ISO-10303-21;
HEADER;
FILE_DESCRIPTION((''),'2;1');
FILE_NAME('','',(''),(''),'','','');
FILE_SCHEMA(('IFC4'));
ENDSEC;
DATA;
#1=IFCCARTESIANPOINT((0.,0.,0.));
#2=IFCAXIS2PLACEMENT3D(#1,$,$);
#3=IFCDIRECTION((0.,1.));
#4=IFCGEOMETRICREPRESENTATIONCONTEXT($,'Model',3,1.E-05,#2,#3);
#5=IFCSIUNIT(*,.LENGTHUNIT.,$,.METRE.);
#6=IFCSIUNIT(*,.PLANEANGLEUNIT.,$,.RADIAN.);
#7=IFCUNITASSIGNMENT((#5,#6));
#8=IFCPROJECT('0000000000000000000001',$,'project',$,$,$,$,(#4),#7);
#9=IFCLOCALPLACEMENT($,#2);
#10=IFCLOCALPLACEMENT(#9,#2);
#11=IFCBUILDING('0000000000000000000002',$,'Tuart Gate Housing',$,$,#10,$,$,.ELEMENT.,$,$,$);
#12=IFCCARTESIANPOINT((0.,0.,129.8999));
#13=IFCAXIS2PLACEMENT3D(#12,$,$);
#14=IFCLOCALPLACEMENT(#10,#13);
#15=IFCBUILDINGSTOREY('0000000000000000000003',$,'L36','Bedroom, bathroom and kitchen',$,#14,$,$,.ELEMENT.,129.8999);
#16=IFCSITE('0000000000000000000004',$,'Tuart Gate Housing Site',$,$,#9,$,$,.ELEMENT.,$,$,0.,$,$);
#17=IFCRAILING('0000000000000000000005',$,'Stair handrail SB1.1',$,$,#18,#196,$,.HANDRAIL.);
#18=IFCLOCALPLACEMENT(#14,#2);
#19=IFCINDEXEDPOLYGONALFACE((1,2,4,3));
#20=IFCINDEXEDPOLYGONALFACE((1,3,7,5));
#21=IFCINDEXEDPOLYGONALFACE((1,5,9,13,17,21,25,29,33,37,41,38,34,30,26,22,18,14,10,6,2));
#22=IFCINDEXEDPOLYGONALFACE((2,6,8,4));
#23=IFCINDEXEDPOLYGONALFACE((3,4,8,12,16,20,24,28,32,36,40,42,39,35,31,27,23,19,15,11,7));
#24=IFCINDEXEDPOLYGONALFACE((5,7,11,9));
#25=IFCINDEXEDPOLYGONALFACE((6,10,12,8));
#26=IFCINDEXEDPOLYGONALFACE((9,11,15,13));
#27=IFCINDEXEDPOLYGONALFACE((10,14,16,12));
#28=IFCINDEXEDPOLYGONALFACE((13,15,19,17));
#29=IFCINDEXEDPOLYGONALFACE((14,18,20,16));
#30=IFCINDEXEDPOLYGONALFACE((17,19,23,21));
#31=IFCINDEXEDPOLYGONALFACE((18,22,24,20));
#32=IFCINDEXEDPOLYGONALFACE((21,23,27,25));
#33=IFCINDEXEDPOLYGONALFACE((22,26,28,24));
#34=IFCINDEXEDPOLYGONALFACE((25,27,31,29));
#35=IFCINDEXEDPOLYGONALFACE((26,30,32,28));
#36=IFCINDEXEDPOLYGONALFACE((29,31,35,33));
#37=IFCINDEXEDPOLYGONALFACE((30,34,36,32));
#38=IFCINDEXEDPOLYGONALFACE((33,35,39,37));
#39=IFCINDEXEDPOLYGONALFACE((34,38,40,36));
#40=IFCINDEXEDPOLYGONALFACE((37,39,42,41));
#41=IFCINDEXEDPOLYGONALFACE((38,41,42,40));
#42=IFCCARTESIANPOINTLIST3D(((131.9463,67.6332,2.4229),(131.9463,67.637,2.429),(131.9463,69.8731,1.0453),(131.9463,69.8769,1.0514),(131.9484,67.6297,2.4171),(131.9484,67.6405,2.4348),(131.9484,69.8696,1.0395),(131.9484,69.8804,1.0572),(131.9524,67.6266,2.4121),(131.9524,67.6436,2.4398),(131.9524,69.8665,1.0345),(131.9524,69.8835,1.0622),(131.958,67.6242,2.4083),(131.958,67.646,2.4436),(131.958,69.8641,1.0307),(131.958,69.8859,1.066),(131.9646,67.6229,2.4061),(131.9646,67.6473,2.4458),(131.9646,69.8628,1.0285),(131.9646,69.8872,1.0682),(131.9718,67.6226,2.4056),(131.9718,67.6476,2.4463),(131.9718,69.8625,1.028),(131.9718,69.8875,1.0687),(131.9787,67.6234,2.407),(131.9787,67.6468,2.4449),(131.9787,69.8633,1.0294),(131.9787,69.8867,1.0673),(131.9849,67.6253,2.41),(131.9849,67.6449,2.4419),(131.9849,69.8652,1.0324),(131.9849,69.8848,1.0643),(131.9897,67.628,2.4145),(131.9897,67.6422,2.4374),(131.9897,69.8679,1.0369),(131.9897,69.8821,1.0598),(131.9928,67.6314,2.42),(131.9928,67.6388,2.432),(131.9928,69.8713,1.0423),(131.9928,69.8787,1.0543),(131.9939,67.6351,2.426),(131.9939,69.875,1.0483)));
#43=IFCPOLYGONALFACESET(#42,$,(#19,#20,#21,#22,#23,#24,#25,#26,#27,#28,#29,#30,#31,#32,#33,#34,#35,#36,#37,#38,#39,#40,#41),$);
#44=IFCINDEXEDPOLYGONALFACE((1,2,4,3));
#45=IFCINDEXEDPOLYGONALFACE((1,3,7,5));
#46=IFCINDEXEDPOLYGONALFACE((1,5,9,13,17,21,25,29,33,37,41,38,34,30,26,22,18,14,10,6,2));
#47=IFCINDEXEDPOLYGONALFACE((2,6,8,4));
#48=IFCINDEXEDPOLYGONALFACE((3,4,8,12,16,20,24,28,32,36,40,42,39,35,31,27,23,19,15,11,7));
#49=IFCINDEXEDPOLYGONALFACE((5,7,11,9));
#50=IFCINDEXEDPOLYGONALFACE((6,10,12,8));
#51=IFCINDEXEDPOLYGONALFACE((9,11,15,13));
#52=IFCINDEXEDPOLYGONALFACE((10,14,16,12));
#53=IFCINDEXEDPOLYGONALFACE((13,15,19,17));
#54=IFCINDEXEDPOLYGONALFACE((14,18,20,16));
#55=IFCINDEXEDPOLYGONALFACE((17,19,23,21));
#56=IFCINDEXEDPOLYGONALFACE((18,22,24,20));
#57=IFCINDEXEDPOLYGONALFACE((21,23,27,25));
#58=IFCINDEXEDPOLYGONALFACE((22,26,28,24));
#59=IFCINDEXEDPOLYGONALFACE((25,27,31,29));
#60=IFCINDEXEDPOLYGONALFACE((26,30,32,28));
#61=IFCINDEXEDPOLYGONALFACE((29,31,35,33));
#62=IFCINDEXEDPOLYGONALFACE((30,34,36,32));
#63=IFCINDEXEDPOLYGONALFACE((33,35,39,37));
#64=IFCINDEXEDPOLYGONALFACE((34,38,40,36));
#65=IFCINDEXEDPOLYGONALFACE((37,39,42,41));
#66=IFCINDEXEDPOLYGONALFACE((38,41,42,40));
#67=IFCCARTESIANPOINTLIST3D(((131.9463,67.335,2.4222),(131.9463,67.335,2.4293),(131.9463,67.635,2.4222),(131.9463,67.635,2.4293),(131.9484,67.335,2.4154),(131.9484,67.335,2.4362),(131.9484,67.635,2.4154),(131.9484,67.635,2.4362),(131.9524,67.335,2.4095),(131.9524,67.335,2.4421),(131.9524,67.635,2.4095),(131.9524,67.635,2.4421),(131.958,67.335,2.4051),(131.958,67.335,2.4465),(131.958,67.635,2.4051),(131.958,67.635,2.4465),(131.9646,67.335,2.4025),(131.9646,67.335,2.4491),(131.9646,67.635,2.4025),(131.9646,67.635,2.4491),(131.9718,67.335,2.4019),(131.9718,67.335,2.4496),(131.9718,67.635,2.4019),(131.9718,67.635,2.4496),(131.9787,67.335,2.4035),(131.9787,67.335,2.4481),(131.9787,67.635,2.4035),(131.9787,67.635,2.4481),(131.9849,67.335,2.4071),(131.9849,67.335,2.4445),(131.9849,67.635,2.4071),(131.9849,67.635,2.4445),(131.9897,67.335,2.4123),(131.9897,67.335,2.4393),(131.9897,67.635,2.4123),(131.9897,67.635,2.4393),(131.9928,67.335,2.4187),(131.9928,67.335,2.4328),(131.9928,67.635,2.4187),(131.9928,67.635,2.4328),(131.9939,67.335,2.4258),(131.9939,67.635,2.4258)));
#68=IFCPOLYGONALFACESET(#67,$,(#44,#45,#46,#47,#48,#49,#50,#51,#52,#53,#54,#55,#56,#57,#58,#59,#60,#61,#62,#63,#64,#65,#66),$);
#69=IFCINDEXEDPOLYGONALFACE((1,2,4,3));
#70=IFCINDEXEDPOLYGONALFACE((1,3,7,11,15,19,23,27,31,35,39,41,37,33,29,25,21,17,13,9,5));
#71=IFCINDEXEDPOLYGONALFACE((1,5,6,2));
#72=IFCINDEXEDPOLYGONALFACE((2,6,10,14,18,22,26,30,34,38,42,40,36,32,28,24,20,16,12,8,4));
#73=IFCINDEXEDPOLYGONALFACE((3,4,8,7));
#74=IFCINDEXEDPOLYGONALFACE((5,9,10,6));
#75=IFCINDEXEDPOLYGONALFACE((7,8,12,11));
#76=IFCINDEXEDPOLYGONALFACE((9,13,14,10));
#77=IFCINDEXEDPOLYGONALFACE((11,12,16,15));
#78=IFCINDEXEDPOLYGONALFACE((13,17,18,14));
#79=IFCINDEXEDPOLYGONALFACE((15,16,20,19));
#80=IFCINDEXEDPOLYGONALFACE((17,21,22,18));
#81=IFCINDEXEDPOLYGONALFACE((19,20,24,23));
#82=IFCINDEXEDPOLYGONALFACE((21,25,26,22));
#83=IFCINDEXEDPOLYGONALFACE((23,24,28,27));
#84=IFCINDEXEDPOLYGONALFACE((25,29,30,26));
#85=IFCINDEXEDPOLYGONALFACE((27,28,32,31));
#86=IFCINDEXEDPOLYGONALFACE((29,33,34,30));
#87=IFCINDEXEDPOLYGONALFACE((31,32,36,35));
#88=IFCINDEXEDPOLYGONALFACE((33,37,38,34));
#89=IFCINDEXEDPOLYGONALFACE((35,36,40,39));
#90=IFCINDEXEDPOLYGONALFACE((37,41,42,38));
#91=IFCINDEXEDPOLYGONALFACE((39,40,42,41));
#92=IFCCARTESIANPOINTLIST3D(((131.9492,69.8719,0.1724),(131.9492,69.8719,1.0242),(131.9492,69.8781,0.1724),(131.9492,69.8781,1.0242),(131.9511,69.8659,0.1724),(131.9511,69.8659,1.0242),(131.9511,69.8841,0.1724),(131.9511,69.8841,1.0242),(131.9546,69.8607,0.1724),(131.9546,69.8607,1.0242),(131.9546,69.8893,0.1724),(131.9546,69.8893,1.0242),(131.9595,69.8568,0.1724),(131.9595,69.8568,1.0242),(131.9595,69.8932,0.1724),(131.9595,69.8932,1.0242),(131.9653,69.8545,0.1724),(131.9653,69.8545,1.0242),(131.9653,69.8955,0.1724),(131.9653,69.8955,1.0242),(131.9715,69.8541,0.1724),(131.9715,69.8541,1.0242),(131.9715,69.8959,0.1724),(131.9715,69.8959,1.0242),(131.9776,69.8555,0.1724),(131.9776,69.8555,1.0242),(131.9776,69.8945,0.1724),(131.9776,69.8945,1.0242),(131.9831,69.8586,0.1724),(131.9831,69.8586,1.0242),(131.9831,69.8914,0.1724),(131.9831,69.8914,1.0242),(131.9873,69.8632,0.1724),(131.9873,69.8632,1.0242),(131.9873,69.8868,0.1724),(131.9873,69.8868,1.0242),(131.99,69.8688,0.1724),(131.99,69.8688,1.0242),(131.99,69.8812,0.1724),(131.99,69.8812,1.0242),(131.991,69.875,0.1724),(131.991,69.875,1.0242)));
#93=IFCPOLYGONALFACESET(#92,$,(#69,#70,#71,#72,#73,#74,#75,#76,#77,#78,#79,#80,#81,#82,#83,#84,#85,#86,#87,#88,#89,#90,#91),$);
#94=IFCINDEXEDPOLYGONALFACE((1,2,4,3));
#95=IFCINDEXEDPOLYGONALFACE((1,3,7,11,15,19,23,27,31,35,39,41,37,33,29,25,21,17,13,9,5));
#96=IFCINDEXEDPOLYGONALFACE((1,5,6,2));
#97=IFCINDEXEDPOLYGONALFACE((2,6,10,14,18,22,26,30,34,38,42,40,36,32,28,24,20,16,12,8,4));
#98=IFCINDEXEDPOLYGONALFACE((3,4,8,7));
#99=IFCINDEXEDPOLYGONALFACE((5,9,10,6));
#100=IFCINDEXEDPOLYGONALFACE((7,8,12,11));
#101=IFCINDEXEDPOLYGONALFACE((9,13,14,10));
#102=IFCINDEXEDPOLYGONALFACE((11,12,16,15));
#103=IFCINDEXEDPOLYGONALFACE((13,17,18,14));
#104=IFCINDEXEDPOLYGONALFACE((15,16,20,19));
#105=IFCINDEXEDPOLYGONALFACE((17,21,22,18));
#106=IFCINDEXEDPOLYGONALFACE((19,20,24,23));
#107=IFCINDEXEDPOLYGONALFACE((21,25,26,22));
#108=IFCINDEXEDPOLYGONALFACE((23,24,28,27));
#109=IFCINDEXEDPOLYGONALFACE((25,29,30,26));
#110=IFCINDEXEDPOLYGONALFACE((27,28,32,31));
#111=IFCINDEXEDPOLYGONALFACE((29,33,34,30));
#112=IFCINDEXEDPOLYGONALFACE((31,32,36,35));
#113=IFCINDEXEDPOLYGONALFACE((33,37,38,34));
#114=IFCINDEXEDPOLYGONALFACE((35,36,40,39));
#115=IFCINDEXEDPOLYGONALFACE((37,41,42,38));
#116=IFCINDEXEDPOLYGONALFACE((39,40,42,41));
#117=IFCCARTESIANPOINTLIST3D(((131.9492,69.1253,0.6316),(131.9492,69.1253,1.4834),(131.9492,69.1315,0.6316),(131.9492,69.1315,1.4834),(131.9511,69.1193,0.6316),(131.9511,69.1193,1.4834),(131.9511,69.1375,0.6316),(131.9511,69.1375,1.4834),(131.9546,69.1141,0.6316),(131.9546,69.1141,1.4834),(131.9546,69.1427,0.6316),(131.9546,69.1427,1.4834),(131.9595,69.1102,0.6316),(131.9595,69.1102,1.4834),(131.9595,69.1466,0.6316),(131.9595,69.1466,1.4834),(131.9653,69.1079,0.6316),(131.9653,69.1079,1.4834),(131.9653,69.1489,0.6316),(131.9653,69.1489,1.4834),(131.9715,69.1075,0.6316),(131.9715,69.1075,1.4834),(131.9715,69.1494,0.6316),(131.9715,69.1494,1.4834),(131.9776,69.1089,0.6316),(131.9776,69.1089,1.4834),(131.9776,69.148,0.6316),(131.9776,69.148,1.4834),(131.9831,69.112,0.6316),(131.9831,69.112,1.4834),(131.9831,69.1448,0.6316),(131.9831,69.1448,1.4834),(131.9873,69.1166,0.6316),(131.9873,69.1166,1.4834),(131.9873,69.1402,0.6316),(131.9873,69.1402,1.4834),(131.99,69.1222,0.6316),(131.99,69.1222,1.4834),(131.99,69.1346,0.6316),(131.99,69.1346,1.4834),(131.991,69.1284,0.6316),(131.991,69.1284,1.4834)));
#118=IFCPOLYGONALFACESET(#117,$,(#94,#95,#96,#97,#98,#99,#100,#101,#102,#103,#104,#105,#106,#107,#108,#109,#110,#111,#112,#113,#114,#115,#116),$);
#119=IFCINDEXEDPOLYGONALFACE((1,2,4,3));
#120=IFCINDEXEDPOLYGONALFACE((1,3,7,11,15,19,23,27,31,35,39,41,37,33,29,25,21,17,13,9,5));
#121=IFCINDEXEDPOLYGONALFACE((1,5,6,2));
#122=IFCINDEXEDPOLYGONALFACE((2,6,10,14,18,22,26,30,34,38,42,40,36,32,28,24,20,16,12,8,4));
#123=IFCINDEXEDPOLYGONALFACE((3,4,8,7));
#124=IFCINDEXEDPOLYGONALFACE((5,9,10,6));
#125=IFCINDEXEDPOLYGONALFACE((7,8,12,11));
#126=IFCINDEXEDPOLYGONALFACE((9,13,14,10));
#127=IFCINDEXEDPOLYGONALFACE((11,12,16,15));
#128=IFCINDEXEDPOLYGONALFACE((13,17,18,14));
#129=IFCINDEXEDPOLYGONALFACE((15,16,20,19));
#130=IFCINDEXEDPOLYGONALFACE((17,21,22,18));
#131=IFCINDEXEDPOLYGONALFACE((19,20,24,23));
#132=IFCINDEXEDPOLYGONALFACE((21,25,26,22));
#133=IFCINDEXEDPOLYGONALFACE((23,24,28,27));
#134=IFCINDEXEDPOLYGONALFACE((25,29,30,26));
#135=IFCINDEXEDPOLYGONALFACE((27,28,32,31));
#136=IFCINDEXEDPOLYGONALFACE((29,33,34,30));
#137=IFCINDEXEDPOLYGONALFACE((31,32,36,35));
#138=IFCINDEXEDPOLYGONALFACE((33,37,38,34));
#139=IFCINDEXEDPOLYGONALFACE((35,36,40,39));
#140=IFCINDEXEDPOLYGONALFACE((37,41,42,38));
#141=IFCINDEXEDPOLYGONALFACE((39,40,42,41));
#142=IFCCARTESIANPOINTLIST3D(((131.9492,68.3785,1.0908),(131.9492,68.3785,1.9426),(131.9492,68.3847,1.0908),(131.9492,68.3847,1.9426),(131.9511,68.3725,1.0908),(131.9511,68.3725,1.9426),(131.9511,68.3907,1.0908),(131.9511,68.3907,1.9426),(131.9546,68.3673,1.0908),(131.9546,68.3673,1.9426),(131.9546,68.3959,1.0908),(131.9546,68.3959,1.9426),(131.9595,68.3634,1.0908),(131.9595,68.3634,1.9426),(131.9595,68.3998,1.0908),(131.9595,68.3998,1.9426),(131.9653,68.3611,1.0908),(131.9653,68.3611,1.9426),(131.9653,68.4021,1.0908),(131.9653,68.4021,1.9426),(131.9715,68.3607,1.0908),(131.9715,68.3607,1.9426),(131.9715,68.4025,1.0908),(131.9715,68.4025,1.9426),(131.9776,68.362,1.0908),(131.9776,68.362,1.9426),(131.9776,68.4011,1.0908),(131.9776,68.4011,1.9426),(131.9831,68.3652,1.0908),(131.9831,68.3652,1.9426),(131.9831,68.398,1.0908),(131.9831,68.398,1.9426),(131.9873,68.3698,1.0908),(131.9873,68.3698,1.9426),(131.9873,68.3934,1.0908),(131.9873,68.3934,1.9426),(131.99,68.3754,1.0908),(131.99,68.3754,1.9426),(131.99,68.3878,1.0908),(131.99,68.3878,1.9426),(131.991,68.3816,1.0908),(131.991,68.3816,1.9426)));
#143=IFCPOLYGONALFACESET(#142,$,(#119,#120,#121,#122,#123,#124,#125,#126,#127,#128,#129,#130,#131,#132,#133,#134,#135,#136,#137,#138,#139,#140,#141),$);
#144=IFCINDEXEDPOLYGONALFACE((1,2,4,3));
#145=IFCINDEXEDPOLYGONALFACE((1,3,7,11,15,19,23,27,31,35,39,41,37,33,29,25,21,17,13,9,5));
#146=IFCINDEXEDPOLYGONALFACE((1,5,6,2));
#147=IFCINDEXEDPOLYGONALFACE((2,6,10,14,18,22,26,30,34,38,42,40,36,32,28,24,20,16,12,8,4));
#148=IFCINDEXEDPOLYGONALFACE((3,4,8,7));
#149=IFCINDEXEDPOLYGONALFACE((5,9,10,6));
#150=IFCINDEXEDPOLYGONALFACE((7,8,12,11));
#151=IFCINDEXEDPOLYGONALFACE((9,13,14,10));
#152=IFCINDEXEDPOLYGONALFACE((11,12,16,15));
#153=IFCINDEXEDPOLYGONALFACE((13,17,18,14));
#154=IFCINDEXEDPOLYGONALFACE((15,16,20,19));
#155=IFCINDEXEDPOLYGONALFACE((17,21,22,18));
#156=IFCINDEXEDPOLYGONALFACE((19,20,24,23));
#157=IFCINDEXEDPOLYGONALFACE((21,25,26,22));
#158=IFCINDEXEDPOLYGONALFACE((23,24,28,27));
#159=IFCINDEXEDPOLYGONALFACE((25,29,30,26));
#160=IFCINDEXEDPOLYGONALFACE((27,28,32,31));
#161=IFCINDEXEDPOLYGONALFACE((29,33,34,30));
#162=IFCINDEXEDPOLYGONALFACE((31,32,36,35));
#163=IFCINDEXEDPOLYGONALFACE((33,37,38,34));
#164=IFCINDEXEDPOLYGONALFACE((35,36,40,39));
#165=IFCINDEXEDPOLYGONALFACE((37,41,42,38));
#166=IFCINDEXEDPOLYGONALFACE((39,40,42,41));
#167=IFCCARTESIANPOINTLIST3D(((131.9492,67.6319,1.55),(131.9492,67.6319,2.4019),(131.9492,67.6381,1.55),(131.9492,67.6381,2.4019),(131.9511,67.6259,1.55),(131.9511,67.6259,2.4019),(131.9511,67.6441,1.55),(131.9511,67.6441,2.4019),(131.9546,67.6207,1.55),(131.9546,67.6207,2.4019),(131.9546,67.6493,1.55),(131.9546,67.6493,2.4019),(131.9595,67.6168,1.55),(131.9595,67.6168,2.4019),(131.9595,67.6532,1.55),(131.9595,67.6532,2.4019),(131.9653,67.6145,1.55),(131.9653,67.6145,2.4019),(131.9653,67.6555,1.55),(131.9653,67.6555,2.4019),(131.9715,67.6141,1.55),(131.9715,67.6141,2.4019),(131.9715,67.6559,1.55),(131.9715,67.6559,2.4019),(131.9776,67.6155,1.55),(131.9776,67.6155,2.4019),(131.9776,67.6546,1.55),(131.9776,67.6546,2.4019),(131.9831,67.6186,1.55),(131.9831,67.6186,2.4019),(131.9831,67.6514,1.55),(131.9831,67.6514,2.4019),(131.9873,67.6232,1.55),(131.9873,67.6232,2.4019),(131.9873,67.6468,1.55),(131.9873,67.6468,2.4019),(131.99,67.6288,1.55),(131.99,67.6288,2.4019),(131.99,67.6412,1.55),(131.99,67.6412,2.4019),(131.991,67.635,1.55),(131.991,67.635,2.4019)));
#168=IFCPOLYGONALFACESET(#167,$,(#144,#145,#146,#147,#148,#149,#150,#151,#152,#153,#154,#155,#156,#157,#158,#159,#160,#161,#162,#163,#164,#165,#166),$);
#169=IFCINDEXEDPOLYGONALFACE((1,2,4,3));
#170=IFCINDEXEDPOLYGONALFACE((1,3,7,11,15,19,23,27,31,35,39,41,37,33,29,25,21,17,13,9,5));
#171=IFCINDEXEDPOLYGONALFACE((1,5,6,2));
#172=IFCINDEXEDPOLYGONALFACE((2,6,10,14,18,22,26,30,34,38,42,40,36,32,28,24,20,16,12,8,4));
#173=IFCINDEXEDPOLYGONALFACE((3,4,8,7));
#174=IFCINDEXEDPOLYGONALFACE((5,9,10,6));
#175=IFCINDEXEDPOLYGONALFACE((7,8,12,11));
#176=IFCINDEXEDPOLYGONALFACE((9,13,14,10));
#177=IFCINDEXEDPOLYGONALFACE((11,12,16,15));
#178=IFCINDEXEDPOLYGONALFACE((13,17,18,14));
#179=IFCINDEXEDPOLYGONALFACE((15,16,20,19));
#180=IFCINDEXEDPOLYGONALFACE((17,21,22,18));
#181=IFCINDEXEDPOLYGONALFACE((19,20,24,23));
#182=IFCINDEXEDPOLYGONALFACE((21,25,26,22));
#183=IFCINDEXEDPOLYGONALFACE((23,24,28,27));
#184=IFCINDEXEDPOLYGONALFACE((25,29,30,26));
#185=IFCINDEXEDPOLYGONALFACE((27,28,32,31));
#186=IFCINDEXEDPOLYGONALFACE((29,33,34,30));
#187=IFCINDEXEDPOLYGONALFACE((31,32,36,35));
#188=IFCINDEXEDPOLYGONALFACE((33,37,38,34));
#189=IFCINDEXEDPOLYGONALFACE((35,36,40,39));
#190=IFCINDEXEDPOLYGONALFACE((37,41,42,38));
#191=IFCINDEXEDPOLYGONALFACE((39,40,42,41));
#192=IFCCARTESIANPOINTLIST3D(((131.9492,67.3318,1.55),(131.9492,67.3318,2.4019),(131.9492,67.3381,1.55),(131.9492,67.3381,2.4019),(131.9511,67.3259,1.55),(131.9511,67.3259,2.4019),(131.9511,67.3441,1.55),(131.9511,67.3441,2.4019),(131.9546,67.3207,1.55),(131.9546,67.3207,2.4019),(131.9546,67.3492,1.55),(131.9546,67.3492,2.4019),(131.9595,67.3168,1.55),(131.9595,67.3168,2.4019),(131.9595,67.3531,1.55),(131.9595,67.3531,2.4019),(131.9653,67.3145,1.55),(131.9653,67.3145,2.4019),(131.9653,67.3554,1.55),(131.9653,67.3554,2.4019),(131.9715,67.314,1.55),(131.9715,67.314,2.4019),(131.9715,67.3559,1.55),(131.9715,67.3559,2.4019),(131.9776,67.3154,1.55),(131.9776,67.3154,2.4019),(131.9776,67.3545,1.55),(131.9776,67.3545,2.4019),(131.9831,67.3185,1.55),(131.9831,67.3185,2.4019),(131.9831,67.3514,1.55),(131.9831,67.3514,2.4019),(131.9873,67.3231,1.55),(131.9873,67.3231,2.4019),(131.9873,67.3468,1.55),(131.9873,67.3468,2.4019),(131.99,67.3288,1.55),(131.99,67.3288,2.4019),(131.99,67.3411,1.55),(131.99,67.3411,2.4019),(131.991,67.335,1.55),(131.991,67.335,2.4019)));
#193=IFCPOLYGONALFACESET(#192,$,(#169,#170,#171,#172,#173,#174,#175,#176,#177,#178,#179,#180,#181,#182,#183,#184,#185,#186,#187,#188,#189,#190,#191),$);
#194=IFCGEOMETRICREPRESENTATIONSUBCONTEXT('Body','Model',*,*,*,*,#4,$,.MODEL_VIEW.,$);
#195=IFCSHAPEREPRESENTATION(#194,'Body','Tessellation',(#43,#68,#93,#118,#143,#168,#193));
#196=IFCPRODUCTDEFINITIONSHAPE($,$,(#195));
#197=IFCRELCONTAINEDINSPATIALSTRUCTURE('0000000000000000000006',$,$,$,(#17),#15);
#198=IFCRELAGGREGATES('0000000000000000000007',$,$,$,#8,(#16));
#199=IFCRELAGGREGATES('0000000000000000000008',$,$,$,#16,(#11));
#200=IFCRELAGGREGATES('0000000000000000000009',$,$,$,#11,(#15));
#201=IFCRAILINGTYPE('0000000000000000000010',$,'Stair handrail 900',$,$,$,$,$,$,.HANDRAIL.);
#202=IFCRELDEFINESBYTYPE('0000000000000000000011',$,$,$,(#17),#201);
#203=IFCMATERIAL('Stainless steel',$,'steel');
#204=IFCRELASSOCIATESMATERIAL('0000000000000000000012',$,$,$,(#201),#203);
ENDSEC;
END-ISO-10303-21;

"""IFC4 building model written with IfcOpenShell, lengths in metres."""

from ifc_helpers import new_model, si_unit, direction, frame, origin, origin_2d, place, context, subcontext, project, spatial, circle, extrude, material, type_object, element, save


model = new_model("IFC4")

# Units and contexts
model_context = context("Model", 3, precision=1e-05, world=origin(), true_north=direction((0.0, 1.0)))
body_context = subcontext(model_context, "Body", "Model", "MODEL_VIEW")
ifc_project = project(units=[si_unit("LENGTHUNIT", "METRE"), si_unit("PLANEANGLEUNIT", "RADIAN")], contexts=[model_context])

# Site, building, storey
site_placement = place(None, origin())
site = spatial("IfcSite", under=ifc_project, at=site_placement, Name="Tuart Gate Housing Site", CompositionType="ELEMENT", RefElevation=0.0)
building_placement = place(site_placement, origin())
building = spatial("IfcBuilding", under=site, at=building_placement, Name="Tuart Gate Housing", CompositionType="ELEMENT")
storey_placement = place(building_placement, frame((0.0, 0.0, 129.8999)))
storey = spatial("IfcBuildingStorey", under=building, at=storey_placement, Name="L36", Description="Bedroom, bathroom and kitchen", CompositionType="ELEMENT", Elevation=129.8999)

# Railing
ifc_material_1 = material(Name="Stainless steel", Category="steel")
railing_type = type_object("IfcRailingType", Name="Stair handrail 900", PredefinedType="HANDRAIL", material=ifc_material_1)
railing_placement = place(storey_placement, frame((131.97, 69.875, 0.1724)))
element("IfcRailing", 1, at=railing_placement, inside=storey, type_object=railing_type, Name="Stair handrail SB1.1", PredefinedType="HANDRAIL", context=body_context, shape_type="SweptSolid", body=[
    extrude(circle(Radius=0.0239, at=origin_2d()), frame((0.0, 0.0, 0.876), z_axis=(0.0, -0.851789, 0.523885), x_axis=(1.0, 0.0, 0.0)), (0.0, 0.0, 1.0), 2.6296),
    extrude(circle(Radius=0.0239, at=origin_2d()), frame((0.0, -2.24, 2.2534), z_axis=(0.0, -1.0, 0.0), x_axis=(1.0, 0.0, 0.0)), (0.0, 0.0, 1.0), 0.3),
    extrude(circle(Radius=0.021, at=origin_2d()), origin(), (0.0, 0.0, 1.0), 0.8518),
    extrude(circle(Radius=0.021, at=origin_2d()), frame((0.0, -0.7466, 0.4592)), (0.0, 0.0, 1.0), 0.8518),
    extrude(circle(Radius=0.021, at=origin_2d()), frame((0.0, -1.4934, 0.9185)), (0.0, 0.0, 1.0), 0.8518),
    extrude(circle(Radius=0.021, at=origin_2d()), frame((0.0, -2.24, 1.3777)), (0.0, 0.0, 1.0), 0.8518),
    extrude(circle(Radius=0.021, at=origin_2d()), frame((0.0, -2.54, 1.3777)), (0.0, 0.0, 1.0), 0.8518),
])

save(model, "model.ifc")
